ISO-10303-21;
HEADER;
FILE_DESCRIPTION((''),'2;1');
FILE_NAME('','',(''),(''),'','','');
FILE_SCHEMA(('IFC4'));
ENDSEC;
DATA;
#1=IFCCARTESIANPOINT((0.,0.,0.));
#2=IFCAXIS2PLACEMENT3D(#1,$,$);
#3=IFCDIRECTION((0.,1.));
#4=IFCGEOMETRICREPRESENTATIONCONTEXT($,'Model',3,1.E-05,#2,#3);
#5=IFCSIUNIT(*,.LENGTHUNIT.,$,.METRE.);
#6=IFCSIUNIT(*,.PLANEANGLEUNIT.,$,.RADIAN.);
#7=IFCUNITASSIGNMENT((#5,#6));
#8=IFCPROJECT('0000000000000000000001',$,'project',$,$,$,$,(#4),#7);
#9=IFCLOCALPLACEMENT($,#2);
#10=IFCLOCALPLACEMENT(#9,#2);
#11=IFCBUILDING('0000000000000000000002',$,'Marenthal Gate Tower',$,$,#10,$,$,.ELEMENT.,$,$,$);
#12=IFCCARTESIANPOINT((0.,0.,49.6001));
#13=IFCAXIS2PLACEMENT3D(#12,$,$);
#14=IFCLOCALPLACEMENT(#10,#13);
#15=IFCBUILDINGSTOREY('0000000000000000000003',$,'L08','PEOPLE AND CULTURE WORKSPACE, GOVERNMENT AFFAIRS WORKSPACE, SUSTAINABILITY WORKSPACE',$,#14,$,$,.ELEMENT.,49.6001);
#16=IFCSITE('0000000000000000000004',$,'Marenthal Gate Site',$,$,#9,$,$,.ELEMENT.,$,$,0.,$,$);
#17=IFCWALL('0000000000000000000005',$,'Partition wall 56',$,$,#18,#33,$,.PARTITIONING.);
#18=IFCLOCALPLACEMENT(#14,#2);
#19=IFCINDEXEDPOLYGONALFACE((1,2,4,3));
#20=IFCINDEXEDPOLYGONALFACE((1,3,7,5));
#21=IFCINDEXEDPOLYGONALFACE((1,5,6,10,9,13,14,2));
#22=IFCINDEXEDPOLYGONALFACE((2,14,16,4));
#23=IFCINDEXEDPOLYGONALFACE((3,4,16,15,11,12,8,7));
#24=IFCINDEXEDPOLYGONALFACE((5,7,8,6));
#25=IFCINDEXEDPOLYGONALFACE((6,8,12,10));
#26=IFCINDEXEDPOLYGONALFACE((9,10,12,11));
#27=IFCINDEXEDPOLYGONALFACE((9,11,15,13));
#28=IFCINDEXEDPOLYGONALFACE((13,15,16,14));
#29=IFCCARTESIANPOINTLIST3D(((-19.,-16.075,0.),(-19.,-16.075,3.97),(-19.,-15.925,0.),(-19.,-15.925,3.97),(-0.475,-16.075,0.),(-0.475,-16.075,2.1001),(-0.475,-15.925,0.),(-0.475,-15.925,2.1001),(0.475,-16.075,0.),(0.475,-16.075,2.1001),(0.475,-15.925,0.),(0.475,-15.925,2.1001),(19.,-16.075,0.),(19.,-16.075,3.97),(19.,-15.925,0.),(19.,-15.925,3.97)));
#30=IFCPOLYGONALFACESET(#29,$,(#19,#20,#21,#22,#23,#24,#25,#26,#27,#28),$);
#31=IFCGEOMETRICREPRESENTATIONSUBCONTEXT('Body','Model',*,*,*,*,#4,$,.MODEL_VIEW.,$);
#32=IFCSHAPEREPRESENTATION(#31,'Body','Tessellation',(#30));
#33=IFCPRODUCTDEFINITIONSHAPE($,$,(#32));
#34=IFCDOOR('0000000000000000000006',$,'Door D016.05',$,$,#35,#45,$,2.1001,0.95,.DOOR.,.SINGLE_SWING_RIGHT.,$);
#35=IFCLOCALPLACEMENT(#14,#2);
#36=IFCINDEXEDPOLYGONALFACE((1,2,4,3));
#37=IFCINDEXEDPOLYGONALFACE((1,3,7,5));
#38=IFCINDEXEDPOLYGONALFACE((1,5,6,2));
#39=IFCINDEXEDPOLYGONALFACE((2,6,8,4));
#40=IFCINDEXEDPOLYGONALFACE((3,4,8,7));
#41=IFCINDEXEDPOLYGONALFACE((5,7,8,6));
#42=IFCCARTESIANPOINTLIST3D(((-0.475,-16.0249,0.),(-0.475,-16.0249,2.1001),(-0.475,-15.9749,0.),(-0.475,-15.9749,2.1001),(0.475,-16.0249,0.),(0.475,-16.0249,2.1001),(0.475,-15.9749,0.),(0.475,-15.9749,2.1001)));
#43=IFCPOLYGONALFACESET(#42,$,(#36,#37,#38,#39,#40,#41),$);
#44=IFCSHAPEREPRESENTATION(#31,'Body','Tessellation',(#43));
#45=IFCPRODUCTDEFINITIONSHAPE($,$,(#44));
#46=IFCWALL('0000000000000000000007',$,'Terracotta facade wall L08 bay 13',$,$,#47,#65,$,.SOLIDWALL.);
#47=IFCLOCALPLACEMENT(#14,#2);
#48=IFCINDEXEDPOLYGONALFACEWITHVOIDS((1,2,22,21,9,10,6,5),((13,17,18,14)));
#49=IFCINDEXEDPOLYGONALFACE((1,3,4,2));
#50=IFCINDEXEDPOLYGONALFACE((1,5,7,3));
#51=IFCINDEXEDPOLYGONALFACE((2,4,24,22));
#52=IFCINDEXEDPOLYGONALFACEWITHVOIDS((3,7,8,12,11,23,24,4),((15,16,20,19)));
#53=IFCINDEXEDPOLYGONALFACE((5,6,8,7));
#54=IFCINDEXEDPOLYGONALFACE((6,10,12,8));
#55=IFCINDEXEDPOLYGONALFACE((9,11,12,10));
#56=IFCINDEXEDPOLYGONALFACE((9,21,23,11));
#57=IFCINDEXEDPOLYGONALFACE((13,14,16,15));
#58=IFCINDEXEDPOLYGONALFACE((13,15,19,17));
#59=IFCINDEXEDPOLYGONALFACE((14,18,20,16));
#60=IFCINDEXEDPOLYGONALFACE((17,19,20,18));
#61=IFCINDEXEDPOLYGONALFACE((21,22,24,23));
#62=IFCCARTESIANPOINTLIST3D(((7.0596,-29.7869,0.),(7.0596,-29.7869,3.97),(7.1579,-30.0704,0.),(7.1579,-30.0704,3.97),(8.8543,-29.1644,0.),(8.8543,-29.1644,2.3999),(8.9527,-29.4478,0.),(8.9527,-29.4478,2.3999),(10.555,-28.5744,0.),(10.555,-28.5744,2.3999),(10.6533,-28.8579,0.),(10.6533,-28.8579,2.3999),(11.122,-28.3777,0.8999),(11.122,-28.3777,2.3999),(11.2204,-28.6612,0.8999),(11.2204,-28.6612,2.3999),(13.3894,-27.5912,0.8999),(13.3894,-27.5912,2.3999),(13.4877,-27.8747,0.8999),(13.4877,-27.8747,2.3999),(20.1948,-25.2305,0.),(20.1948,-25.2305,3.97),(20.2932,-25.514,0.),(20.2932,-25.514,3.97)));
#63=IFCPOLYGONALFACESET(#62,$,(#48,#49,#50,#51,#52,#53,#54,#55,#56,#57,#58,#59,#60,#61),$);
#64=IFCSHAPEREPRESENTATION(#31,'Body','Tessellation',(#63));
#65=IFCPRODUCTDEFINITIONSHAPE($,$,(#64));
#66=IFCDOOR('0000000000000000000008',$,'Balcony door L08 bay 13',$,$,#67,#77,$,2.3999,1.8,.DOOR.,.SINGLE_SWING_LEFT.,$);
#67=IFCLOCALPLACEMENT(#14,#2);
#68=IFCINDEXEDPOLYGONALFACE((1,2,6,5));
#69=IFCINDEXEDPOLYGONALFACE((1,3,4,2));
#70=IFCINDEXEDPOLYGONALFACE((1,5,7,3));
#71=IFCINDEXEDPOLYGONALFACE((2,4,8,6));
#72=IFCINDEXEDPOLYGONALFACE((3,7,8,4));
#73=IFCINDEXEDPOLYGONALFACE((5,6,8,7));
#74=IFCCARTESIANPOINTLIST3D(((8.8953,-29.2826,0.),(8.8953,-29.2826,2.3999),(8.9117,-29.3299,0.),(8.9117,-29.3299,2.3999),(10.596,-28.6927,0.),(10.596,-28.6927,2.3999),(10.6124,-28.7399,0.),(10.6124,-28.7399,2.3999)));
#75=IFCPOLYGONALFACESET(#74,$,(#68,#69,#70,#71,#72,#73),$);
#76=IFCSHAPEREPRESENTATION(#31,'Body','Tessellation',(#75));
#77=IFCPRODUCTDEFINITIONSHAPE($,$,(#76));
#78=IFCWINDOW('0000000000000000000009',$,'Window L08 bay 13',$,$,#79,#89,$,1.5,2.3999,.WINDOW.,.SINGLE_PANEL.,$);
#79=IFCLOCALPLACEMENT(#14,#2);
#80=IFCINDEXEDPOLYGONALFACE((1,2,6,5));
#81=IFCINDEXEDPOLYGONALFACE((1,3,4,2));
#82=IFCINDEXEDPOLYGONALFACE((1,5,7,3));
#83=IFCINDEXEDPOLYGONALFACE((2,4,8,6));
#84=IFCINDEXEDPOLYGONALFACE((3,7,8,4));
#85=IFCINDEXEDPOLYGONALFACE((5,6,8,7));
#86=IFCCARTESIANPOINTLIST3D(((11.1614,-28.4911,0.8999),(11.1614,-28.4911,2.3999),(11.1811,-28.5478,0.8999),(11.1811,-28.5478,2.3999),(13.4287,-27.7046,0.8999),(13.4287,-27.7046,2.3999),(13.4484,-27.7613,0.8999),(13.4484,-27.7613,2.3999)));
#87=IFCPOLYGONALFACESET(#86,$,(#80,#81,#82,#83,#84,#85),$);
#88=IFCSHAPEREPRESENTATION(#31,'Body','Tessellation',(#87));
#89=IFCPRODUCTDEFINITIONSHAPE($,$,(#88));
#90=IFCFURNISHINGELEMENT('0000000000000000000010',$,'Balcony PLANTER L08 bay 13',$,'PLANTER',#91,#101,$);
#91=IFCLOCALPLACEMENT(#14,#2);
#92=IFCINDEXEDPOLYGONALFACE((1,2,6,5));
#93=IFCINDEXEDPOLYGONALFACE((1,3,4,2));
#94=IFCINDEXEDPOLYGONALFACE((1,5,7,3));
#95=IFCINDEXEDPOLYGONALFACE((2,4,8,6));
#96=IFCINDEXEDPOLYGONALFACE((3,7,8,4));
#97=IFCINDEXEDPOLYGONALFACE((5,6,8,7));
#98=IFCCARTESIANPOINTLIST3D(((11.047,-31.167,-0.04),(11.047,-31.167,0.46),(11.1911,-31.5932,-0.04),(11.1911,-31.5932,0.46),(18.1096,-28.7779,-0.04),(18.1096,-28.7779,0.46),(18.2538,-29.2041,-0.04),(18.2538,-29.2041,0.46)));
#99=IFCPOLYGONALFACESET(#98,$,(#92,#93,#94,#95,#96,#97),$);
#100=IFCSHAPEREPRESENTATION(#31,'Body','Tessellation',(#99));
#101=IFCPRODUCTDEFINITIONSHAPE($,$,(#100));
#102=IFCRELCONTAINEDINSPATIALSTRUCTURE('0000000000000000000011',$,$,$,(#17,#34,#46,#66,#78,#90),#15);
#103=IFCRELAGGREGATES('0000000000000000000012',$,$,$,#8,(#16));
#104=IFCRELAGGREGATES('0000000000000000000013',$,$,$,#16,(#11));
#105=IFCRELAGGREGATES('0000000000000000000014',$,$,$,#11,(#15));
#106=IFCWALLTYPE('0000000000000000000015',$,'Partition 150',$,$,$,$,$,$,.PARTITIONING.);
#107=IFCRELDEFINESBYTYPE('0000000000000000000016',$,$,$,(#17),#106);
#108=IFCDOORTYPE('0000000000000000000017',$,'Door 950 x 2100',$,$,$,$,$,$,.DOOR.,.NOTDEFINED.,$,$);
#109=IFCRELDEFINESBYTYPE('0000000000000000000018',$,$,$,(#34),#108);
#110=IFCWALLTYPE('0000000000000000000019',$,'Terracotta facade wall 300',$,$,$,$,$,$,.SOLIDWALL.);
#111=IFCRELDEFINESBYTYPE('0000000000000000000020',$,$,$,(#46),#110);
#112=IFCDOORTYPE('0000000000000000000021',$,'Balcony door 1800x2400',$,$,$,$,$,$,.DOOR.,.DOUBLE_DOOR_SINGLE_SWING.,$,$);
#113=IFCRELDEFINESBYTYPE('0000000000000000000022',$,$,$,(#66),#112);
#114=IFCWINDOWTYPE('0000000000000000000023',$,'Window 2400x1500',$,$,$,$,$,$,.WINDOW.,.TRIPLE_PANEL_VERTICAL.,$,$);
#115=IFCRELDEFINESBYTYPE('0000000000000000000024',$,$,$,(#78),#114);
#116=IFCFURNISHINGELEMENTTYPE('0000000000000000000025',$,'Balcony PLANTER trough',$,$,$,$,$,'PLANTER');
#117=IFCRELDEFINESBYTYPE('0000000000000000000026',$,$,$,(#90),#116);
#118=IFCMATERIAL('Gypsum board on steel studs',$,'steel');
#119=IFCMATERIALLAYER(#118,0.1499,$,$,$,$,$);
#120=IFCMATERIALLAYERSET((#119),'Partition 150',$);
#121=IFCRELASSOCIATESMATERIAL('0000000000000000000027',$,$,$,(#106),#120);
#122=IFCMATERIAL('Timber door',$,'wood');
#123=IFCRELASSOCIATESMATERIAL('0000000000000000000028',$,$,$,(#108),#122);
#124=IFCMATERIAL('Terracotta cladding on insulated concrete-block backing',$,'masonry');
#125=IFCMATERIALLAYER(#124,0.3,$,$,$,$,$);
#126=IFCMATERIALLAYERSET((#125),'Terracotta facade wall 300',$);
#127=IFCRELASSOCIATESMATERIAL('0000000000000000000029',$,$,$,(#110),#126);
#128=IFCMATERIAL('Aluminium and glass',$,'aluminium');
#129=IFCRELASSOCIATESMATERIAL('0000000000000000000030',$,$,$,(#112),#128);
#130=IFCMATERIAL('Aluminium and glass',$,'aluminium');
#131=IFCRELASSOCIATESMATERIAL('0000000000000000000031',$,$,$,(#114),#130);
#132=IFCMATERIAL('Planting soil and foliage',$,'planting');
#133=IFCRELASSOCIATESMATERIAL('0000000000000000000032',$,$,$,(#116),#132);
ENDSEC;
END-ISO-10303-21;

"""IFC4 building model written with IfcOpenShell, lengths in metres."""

from ifc_helpers import new_model, si_unit, direction, frame, frame_2d, origin, origin_2d, place, context, subcontext, project, spatial, rectangle, extrude, material, layer, layer_set, type_object, element, fill, save


model = new_model("IFC4")

# Units and contexts
model_context = context("Model", 3, precision=1e-05, world=origin(), true_north=direction((0.0, 1.0)))
body_context = subcontext(model_context, "Body", "Model", "MODEL_VIEW")
ifc_project = project(units=[si_unit("LENGTHUNIT", "METRE"), si_unit("PLANEANGLEUNIT", "RADIAN")], contexts=[model_context])

# Site, building, storey
site_placement = place(None, origin())
site = spatial("IfcSite", under=ifc_project, at=site_placement, Name="Marenthal Gate Site", CompositionType="ELEMENT", RefElevation=0.0)
building_placement = place(site_placement, origin())
building = spatial("IfcBuilding", under=site, at=building_placement, Name="Marenthal Gate Tower", CompositionType="ELEMENT")
storey_placement = place(building_placement, frame((0.0, 0.0, 49.6001)))
storey = spatial("IfcBuildingStorey", under=building, at=storey_placement, Name="L08", Description="PEOPLE AND CULTURE WORKSPACE, GOVERNMENT AFFAIRS WORKSPACE, SUSTAINABILITY WORKSPACE", CompositionType="ELEMENT", Elevation=49.6001)

# Wall, opening, door
ifc_material_1 = material(Name="Gypsum board on steel studs", Category="steel")
ifc_layer_1 = layer(ifc_material_1, 0.1499)
ifc_layer_set_1 = layer_set([ifc_layer_1], Name="Partition 150")
wall_type_1 = type_object("IfcWallType", Name="Partition 150", PredefinedType="PARTITIONING", material=ifc_layer_set_1)
wall_1_placement = place(storey_placement, frame((19.0, -16.0, 0.0), z_axis=(0.0, 0.0, 1.0), x_axis=(-1.0, 0.0, 0.0)))
wall_1 = element("IfcWall", 1, at=wall_1_placement, inside=storey, type_object=wall_type_1, Name="Partition wall 56", PredefinedType="PARTITIONING", context=body_context, shape_type="SweptSolid", body=[
    extrude(rectangle(XDim=38.0, YDim=0.1499, at=frame_2d((19.0, 0.0))), origin(), (0.0, 0.0, 1.0), 3.97),
])
opening_1_placement = place(wall_1_placement, frame((18.5249, 0.0, 0.0)))
opening_1 = element("IfcOpeningElement", 2, at=opening_1_placement, cuts=wall_1, PredefinedType="OPENING", context=body_context, shape_type="SweptSolid", body=[
    extrude(rectangle(XDim=0.95, YDim=2.1001, at=frame_2d((0.4751, 1.05))), frame((0.0, 0.085, 0.0), z_axis=(0.0, -1.0, 0.0), x_axis=(1.0, 0.0, 0.0)), (0.0, 0.0, 1.0), 0.1699),
])
ifc_material_2 = material(Name="Timber door", Category="wood")
door_type_1 = type_object("IfcDoorType", Name="Door 950 x 2100", OperationType="NOTDEFINED", PredefinedType="DOOR", material=ifc_material_2)
door_1_placement = place(opening_1_placement, origin())
door_1 = element("IfcDoor", 3, at=door_1_placement, inside=storey, type_object=door_type_1, Name="Door D016.05", OperationType="SINGLE_SWING_RIGHT", OverallHeight=2.1001, OverallWidth=0.95, PredefinedType="DOOR", context=body_context, shape_type="SweptSolid", body=[
    extrude(rectangle(XDim=0.95, YDim=2.1001, at=frame_2d((0.4751, 1.05))), frame((0.0, 0.0249, 0.0), z_axis=(0.0, -1.0, 0.0), x_axis=(1.0, 0.0, 0.0)), (0.0, 0.0, 1.0), 0.05),
])
fill(opening_1, door_1)

# Wall, openings, door, window
ifc_material_3 = material(Name="Terracotta cladding on insulated concrete-block backing", Category="masonry")
ifc_layer_2 = layer(ifc_material_3, 0.3)
ifc_layer_set_2 = layer_set([ifc_layer_2], Name="Terracotta facade wall 300")
wall_type_2 = type_object("IfcWallType", Name="Terracotta facade wall 300", PredefinedType="SOLIDWALL", material=ifc_layer_set_2)
wall_2_placement = place(storey_placement, frame((7.1086, -29.9287, 0.0), z_axis=(0.0, 0.0, 1.0), x_axis=(0.944773, 0.327726, 0.0)))
wall_2 = element("IfcWall", 4, at=wall_2_placement, inside=storey, type_object=wall_type_2, Name="Terracotta facade wall L08 bay 13", PredefinedType="SOLIDWALL", context=body_context, shape_type="SweptSolid", body=[
    extrude(rectangle(XDim=13.9031, YDim=0.3, at=frame_2d((6.9517, 0.0))), origin(), (0.0, 0.0, 1.0), 3.97),
])
opening_2_placement = place(wall_2_placement, frame((1.8999, 0.0, 0.0)))
opening_2 = element("IfcOpeningElement", 5, at=opening_2_placement, cuts=wall_2, PredefinedType="OPENING", context=body_context, shape_type="SweptSolid", body=[
    extrude(rectangle(XDim=1.8, YDim=2.3999, at=frame_2d((0.8999, 1.2))), frame((0.0, 0.1602, 0.0), z_axis=(0.0, -1.0, 0.0), x_axis=(1.0, 0.0, 0.0)), (0.0, 0.0, 1.0), 0.3201),
])
opening_3_placement = place(wall_2_placement, frame((4.3, 0.0, 0.8999)))
opening_3 = element("IfcOpeningElement", 6, at=opening_3_placement, cuts=wall_2, PredefinedType="OPENING", context=body_context, shape_type="SweptSolid", body=[
    extrude(rectangle(XDim=2.3999, YDim=1.5, at=frame_2d((1.2, 0.75))), frame((0.0, 0.1602, 0.0), z_axis=(0.0, -1.0, 0.0), x_axis=(1.0, 0.0, 0.0)), (0.0, 0.0, 1.0), 0.3201),
])
ifc_material_4 = material(Name="Aluminium and glass", Category="aluminium")
door_type_2 = type_object("IfcDoorType", Name="Balcony door 1800x2400", OperationType="DOUBLE_DOOR_SINGLE_SWING", PredefinedType="DOOR", material=ifc_material_4)
door_2_placement = place(opening_2_placement, origin())
door_2 = element("IfcDoor", 7, at=door_2_placement, inside=storey, type_object=door_type_2, Name="Balcony door L08 bay 13", OperationType="SINGLE_SWING_LEFT", OverallHeight=2.3999, OverallWidth=1.8, PredefinedType="DOOR", context=body_context, shape_type="SweptSolid", body=[
    extrude(rectangle(XDim=1.8, YDim=2.3999, at=frame_2d((0.8999, 1.2))), frame((0.0, 0.0249, 0.0), z_axis=(0.0, -1.0, 0.0), x_axis=(1.0, 0.0, 0.0)), (0.0, 0.0, 1.0), 0.05),
])
fill(opening_2, door_2)
ifc_material_5 = material(Name="Aluminium and glass", Category="aluminium")
window_type = type_object("IfcWindowType", Name="Window 2400x1500", PartitioningType="TRIPLE_PANEL_VERTICAL", PredefinedType="WINDOW", material=ifc_material_5)
window_placement = place(opening_3_placement, origin())
window = element("IfcWindow", 8, at=window_placement, inside=storey, type_object=window_type, Name="Window L08 bay 13", OverallHeight=1.5, OverallWidth=2.3999, PartitioningType="SINGLE_PANEL", PredefinedType="WINDOW", context=body_context, shape_type="SweptSolid", body=[
    extrude(rectangle(XDim=2.3999, YDim=1.5, at=frame_2d((1.2, 0.75))), frame((0.0, 0.03, 0.0), z_axis=(0.0, -1.0, 0.0), x_axis=(1.0, 0.0, 0.0)), (0.0, 0.0, 1.0), 0.0601),
])
fill(opening_3, window)

# Furnishing element
ifc_material_6 = material(Name="Planting soil and foliage", Category="planting")
furnishing_element_type = type_object("IfcFurnishingElementType", Name="Balcony PLANTER trough", ElementType="PLANTER", material=ifc_material_6)
furnishing_placement = place(storey_placement, frame((14.6504, -30.1855, -0.04), z_axis=(0.0, 0.0, 1.0), x_axis=(0.947271, 0.320433, 0.0)))
element("IfcFurnishingElement", 9, at=furnishing_placement, inside=storey, type_object=furnishing_element_type, Name="Balcony PLANTER L08 bay 13", ObjectType="PLANTER", context=body_context, shape_type="SweptSolid", body=[
    extrude(rectangle(XDim=7.4558, YDim=0.45, at=origin_2d()), origin(), (0.0, 0.0, 1.0), 0.5),
])

save(model, "model.ifc")
